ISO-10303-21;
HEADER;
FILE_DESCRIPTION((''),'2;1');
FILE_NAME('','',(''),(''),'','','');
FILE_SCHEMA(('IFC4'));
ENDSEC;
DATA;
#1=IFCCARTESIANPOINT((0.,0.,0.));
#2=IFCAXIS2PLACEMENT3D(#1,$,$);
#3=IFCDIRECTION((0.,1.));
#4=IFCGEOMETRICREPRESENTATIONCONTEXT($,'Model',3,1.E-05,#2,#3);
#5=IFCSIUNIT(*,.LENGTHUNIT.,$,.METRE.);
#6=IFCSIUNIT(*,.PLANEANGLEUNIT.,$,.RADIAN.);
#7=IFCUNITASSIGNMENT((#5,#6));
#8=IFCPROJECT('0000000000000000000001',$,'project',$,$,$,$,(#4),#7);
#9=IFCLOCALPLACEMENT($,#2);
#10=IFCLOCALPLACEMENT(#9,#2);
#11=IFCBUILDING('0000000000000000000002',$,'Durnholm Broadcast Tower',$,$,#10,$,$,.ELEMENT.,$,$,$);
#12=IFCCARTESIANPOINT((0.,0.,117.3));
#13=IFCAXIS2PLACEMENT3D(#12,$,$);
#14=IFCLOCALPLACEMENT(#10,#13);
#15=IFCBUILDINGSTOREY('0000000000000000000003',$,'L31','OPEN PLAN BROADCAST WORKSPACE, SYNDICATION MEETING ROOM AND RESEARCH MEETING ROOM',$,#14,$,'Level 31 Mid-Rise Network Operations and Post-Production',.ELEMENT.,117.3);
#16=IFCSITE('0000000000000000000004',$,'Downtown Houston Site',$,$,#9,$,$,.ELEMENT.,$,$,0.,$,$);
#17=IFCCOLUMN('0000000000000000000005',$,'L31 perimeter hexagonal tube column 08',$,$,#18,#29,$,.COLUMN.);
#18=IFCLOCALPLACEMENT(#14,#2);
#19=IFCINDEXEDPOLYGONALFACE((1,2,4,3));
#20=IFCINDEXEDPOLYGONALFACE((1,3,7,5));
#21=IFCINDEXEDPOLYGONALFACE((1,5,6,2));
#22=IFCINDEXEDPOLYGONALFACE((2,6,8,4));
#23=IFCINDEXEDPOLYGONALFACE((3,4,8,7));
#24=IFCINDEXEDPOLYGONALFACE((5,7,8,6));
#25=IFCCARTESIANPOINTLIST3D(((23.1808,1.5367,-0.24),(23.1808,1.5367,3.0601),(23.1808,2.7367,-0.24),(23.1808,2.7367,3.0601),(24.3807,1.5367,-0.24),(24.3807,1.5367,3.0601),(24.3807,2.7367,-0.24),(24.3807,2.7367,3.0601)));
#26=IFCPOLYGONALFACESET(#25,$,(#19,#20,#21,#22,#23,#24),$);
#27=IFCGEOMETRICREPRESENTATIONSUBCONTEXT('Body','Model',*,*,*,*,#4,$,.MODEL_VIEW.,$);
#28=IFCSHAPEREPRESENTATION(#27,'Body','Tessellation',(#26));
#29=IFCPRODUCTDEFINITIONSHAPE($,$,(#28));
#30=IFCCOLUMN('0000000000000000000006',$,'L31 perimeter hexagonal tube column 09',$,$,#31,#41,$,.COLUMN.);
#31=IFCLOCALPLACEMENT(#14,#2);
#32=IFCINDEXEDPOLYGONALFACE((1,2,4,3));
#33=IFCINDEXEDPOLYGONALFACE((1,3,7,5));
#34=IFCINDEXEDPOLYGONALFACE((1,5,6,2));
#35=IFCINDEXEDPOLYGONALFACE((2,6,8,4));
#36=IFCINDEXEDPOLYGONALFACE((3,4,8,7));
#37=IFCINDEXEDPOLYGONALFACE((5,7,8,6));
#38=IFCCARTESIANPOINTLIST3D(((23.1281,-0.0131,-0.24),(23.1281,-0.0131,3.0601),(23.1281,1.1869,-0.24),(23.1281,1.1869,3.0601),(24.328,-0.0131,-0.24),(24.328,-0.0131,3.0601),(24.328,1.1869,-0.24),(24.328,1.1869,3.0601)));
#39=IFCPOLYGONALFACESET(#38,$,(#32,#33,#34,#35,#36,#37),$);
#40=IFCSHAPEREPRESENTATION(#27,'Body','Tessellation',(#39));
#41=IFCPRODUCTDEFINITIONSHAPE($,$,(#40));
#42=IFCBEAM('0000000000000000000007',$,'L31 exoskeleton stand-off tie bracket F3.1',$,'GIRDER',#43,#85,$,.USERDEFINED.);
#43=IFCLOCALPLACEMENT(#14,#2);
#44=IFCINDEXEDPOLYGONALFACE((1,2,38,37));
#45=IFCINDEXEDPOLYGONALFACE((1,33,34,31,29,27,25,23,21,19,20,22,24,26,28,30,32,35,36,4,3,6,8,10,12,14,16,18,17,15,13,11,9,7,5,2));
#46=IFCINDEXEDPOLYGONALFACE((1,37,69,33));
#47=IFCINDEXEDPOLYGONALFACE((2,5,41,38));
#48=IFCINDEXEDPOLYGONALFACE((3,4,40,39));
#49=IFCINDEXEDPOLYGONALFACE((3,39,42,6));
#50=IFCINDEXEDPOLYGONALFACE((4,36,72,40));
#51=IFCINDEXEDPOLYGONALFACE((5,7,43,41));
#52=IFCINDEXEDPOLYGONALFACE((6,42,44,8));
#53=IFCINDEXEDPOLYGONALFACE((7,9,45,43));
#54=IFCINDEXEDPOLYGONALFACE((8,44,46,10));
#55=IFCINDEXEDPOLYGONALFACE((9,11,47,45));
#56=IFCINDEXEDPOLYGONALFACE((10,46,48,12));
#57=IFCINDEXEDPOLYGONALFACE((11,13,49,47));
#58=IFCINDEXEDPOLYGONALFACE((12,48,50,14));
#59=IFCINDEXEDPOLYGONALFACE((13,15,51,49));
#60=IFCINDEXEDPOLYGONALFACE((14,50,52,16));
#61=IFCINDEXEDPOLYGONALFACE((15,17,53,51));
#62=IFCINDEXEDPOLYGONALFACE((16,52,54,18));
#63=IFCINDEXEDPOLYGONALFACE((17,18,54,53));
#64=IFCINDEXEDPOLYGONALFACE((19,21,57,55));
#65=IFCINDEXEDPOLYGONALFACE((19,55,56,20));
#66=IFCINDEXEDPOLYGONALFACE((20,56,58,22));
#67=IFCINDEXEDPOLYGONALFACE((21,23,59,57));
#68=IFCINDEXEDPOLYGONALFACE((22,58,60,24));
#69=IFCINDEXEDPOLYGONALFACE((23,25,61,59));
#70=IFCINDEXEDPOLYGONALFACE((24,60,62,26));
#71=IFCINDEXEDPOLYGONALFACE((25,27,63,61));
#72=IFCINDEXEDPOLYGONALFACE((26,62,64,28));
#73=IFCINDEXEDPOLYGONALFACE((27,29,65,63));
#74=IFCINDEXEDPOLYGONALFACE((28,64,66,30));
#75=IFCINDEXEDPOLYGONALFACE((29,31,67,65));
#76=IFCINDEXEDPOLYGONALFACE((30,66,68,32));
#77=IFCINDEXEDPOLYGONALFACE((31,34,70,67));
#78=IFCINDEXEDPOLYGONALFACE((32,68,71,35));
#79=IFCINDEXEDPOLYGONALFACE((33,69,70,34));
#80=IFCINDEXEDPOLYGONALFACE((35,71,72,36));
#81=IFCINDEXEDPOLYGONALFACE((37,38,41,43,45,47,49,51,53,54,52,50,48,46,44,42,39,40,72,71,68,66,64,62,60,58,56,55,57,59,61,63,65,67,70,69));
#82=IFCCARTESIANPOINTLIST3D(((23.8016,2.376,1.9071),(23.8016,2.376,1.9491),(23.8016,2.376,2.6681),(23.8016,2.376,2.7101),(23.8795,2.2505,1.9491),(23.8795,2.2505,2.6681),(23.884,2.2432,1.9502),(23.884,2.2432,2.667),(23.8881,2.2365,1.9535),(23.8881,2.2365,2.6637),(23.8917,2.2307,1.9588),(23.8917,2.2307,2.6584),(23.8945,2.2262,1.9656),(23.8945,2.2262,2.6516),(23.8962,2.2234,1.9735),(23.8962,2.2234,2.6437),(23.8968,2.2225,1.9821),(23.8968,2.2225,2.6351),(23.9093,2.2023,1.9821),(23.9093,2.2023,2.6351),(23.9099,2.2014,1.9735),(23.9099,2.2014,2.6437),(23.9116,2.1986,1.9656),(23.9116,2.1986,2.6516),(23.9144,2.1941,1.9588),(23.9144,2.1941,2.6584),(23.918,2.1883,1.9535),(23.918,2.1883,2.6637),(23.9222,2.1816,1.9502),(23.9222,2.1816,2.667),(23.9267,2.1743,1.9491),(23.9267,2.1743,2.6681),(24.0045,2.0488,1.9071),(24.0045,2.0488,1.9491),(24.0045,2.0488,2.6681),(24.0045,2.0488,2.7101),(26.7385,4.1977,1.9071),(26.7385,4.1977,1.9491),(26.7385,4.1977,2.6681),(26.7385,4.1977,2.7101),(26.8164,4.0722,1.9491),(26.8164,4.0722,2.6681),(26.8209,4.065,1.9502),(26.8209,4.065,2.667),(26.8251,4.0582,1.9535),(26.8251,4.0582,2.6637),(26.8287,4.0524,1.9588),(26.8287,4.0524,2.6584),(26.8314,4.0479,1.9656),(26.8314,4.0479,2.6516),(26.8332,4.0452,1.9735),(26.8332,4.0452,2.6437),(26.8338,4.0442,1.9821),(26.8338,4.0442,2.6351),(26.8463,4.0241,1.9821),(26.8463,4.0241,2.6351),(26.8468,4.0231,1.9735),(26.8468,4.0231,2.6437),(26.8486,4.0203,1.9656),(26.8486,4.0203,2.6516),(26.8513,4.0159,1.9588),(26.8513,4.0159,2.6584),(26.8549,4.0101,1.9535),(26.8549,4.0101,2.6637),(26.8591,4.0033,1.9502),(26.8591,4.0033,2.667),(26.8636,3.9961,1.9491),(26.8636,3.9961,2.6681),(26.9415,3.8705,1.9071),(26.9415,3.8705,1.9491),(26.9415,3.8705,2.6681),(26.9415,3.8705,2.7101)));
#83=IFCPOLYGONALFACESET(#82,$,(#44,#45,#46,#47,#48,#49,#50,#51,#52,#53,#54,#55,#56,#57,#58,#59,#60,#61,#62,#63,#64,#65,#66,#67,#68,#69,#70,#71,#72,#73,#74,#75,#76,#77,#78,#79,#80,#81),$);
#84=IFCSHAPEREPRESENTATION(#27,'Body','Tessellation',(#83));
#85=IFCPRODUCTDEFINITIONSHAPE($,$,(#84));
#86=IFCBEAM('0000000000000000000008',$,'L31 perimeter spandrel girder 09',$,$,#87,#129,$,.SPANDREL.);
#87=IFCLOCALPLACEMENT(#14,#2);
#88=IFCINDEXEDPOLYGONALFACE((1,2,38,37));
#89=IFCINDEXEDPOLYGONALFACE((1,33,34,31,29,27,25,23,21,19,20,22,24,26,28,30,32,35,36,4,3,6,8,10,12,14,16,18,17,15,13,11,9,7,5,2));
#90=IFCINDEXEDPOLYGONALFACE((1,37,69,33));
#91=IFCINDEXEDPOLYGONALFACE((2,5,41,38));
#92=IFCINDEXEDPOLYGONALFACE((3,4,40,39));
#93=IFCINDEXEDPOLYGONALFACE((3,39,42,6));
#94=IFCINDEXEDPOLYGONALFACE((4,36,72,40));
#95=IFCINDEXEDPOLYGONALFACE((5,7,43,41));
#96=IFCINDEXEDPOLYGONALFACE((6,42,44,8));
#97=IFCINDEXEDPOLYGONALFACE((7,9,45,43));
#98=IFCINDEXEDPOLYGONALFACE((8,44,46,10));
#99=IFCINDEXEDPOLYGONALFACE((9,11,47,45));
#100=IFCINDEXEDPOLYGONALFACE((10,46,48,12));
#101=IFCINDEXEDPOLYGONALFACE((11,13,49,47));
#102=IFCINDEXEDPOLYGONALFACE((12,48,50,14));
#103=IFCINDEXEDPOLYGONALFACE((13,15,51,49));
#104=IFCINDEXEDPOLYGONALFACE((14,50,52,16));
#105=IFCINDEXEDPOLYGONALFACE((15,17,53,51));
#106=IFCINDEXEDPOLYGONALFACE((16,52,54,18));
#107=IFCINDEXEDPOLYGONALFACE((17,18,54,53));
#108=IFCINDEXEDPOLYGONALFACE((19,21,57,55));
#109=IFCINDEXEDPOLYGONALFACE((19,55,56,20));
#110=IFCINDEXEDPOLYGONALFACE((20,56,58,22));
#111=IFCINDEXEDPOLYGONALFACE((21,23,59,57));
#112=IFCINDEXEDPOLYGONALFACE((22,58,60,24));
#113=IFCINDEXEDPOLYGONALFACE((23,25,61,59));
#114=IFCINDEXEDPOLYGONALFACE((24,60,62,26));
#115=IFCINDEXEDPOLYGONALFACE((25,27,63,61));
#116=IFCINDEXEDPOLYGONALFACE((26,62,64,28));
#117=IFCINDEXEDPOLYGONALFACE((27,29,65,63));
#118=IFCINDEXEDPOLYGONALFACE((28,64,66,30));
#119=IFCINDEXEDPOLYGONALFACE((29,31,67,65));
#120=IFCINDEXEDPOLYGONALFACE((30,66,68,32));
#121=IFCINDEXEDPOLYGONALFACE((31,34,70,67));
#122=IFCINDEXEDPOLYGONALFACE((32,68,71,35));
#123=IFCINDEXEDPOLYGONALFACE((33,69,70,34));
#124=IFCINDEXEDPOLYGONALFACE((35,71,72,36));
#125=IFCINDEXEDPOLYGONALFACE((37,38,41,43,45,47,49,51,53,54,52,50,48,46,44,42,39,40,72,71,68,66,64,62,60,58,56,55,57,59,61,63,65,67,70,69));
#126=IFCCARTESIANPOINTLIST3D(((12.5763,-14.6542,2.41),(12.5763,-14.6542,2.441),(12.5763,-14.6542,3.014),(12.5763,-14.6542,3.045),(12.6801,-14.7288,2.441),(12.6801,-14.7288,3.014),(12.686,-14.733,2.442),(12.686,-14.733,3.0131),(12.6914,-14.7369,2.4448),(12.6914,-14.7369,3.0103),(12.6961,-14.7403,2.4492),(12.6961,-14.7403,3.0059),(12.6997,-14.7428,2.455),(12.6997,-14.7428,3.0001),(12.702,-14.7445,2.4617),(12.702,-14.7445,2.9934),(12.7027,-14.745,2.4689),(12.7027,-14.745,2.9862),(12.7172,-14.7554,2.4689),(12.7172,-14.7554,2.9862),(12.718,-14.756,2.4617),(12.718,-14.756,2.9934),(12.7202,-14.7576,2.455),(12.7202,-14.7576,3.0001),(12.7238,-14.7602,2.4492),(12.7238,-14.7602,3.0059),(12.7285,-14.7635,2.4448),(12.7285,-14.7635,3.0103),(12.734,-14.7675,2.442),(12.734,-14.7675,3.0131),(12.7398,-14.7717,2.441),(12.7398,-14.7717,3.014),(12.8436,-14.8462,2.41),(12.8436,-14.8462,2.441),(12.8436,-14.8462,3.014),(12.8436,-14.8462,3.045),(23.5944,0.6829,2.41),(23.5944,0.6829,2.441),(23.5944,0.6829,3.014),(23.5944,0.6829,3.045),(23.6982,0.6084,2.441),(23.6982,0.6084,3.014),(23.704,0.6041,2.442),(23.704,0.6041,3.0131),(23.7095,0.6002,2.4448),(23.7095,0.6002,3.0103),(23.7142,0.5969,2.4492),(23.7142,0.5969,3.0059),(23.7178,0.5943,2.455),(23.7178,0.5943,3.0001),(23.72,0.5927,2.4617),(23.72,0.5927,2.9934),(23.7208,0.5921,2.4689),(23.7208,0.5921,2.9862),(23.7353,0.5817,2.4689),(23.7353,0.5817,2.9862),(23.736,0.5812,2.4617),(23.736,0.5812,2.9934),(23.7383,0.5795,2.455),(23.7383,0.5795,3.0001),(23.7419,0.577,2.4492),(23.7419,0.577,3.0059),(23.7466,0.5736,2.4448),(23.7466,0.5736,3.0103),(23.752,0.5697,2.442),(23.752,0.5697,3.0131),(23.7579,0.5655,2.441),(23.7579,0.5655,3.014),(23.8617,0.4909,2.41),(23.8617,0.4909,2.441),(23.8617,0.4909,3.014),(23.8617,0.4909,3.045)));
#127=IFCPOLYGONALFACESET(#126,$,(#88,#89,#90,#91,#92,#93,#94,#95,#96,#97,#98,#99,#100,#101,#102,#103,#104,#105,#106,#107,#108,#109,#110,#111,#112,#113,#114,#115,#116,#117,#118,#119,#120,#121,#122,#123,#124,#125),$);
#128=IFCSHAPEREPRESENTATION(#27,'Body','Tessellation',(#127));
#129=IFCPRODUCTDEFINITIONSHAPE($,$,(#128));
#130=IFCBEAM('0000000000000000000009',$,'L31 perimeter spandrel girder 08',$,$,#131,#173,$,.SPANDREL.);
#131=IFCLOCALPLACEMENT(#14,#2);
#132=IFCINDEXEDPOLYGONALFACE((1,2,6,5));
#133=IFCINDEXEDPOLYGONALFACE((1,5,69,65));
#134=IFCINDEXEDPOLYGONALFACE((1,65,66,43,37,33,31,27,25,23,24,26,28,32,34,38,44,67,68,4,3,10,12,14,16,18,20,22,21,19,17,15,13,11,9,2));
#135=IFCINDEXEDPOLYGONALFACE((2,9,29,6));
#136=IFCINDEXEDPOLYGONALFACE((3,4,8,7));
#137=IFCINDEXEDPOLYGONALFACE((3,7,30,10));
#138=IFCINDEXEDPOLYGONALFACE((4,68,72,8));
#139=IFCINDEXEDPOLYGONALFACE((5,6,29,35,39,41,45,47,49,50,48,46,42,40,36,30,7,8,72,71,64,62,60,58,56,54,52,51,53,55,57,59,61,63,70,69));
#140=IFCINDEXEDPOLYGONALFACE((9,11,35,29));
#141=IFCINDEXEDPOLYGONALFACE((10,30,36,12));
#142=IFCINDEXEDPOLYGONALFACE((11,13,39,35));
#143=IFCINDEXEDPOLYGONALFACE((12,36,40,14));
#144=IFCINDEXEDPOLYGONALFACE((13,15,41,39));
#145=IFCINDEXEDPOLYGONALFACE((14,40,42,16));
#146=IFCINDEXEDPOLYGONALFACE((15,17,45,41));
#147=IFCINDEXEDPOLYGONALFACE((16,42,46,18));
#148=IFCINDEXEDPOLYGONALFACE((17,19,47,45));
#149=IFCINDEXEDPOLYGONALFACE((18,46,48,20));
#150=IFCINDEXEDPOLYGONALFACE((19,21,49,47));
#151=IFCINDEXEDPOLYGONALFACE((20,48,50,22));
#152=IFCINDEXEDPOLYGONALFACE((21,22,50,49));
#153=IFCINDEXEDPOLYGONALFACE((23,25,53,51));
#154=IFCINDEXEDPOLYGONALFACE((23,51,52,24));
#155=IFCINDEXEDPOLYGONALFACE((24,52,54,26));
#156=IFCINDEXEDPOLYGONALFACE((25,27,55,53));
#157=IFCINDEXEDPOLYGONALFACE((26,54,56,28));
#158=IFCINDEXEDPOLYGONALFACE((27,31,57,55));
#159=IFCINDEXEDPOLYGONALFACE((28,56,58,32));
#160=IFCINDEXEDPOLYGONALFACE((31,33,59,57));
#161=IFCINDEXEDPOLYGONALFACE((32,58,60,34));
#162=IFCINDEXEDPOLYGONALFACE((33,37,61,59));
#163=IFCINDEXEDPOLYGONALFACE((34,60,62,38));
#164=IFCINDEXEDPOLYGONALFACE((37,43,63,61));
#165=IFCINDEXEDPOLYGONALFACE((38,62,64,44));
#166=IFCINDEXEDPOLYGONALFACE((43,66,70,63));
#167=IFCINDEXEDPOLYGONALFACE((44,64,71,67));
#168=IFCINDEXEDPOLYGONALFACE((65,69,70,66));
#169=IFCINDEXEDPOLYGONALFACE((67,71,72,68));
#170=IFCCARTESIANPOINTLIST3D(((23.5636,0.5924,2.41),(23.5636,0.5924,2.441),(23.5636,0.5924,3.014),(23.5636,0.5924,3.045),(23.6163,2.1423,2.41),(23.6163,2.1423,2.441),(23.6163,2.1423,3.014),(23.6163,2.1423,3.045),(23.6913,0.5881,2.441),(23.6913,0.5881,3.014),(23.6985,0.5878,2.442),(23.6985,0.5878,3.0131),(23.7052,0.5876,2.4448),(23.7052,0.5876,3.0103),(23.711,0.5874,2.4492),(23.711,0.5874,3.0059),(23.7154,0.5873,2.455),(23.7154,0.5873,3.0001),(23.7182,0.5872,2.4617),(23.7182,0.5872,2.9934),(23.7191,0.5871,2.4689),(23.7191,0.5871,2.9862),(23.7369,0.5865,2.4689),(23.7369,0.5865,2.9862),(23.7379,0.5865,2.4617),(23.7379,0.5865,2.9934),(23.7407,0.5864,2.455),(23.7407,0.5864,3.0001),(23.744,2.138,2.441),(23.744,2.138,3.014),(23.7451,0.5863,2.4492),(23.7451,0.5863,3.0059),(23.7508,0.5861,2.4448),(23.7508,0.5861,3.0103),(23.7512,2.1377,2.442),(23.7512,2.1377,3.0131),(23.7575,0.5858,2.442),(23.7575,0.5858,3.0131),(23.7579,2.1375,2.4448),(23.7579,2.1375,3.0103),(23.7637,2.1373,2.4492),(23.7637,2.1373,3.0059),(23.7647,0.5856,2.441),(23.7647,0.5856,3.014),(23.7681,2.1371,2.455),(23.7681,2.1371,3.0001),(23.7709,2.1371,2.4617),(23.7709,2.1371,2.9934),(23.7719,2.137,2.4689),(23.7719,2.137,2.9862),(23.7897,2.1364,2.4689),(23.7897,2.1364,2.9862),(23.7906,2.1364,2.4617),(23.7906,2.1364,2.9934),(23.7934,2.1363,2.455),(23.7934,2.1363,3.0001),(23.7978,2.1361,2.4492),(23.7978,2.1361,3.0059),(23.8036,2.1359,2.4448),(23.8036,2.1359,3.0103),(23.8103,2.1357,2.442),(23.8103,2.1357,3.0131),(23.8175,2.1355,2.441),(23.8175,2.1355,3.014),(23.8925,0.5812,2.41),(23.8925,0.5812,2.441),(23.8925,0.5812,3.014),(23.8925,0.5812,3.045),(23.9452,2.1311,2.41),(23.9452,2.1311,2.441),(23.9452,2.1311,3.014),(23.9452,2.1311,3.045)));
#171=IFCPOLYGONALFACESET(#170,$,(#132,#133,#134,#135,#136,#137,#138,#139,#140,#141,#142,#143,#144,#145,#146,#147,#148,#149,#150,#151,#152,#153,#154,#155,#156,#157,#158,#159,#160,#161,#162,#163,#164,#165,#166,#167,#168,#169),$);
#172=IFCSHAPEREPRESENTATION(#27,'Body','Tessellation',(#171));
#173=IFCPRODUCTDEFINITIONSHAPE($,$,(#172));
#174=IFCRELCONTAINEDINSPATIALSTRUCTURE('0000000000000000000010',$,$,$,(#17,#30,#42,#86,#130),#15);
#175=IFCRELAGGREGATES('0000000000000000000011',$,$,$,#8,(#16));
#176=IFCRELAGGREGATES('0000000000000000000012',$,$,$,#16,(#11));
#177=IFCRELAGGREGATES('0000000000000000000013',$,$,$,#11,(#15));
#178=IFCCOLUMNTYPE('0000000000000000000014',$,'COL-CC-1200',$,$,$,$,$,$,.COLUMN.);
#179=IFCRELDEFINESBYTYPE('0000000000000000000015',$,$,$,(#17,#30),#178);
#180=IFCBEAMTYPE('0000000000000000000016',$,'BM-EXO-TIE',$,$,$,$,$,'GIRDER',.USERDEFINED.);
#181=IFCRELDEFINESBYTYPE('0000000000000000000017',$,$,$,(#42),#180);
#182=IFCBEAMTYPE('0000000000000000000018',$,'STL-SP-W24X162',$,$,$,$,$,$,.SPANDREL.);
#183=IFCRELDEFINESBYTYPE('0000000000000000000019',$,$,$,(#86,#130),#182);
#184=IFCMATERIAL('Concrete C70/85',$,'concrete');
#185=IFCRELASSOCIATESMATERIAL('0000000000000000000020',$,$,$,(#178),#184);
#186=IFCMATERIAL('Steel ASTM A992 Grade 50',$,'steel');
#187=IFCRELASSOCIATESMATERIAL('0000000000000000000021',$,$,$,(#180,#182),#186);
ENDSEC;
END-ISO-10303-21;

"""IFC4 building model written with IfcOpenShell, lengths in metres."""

from ifc_helpers import new_model, si_unit, direction, frame, origin, origin_2d, place, context, subcontext, project, spatial, rectangle, i_section, extrude, source, transform, mapped, material, material_profile, profile_set, type_object, type_shapes, element, save


model = new_model("IFC4")

# Units and contexts
model_context = context("Model", 3, precision=1e-05, world=origin(), true_north=direction((0.0, 1.0)))
body_context = subcontext(model_context, "Body", "Model", "MODEL_VIEW")
ifc_project = project(units=[si_unit("LENGTHUNIT", "METRE"), si_unit("PLANEANGLEUNIT", "RADIAN")], contexts=[model_context])

# Site, building, storey
site_placement = place(None, origin())
site = spatial("IfcSite", under=ifc_project, at=site_placement, Name="Downtown Houston Site", CompositionType="ELEMENT", RefElevation=0.0)
building_placement = place(site_placement, origin())
building = spatial("IfcBuilding", under=site, at=building_placement, Name="Durnholm Broadcast Tower", CompositionType="ELEMENT")
storey_placement = place(building_placement, frame((0.0, 0.0, 117.3)))
storey = spatial("IfcBuildingStorey", under=building, at=storey_placement, Name="L31", Description="OPEN PLAN BROADCAST WORKSPACE, SYNDICATION MEETING ROOM AND RESEARCH MEETING ROOM", LongName="Level 31 Mid-Rise Network Operations and Post-Production", CompositionType="ELEMENT", Elevation=117.3)

# Columns
ifc_material_1 = material(Name="Concrete C70/85", Category="concrete")
ifc_material_profile_1 = material_profile(ifc_material_1, rectangle(XDim=1.2, YDim=1.2, at=origin_2d()), Name="RC1200X1200")
ifc_profile_set_1 = profile_set([ifc_material_profile_1], Name="Concrete C70/85")
column_type = type_object("IfcColumnType", Name="COL-CC-1200", PredefinedType="COLUMN", material=ifc_profile_set_1)
shared_shape_1 = source(origin(), body_context, "Body", "SweptSolid", [
    extrude(rectangle(XDim=1.2, YDim=1.2, at=origin_2d()), origin(), (0.0, 0.0, 1.0), 3.3),
])
type_shapes(column_type, [shared_shape_1])
for number, where, z_axis, x_axis, name in (
    (1, (23.7808, 2.1367, -0.24), (0.0, 0.0, 1.0), (1.0, 0.0, 0.0), "L31 perimeter hexagonal tube column 08"),
    (2, (23.728, 0.5869, -0.24), (0.0, 0.0, 1.0), (1.0, 0.0, 0.0), "L31 perimeter hexagonal tube column 09"),
):
    element("IfcColumn", number, at=place(storey_placement, frame(where, z_axis=z_axis, x_axis=x_axis)), inside=storey, type_object=column_type, Name=name, PredefinedType="COLUMN", context=body_context, shape_type="MappedRepresentation", body=[
        mapped(shared_shape_1, transform((0.0, 0.0, 0.0), x_axis=(1.0, 0.0, 0.0), y_axis=(0.0, 1.0, 0.0), z_axis=(0.0, 0.0, 1.0), scale=1.0)),
    ])

# Beams
ifc_material_2 = material(Name="Steel ASTM A992 Grade 50", Category="steel")
ifc_material_profile_2 = material_profile(ifc_material_2, i_section(OverallWidth=0.385, OverallDepth=0.803, WebThickness=0.0237, FlangeThickness=0.042, FilletRadius=0.033, at=origin_2d()), Name="W30X261")
ifc_profile_set_2 = profile_set([ifc_material_profile_2], Name="Steel ASTM A992 Grade 50")
beam_type_1 = type_object("IfcBeamType", Name="BM-EXO-TIE", ElementType="GIRDER", PredefinedType="USERDEFINED", material=ifc_profile_set_2)
shared_shape_2 = source(origin(), body_context, "Body", "SweptSolid", [
    extrude(i_section(OverallWidth=0.385, OverallDepth=0.803, WebThickness=0.0237, FlangeThickness=0.042, FilletRadius=0.033, at=origin_2d()), origin(), (0.0, 0.0, 1.0), 3.4561),
])
beam_1_placement = place(storey_placement, frame((23.9031, 2.2124, 2.3086), z_axis=(0.849795, 0.527113, 0.0), x_axis=(-0.527113, 0.849795, 0.0)))
element("IfcBeam", 3, at=beam_1_placement, inside=storey, type_object=beam_type_1, Name="L31 exoskeleton stand-off tie bracket F3.1", ObjectType="GIRDER", PredefinedType="USERDEFINED", context=body_context, shape_type="MappedRepresentation", body=[
    mapped(shared_shape_2, transform((0.0, 0.0, 0.0), x_axis=(1.0, 0.0, 0.0), y_axis=(0.0, 1.0, 0.0), z_axis=(0.0, 0.0, 1.0), scale=1.0)),
])
ifc_material_profile_3 = material_profile(ifc_material_2, i_section(OverallWidth=0.3291, OverallDepth=0.635, WebThickness=0.0178, FlangeThickness=0.031, FilletRadius=0.0278, at=origin_2d()), Name="W24X162")
ifc_profile_set_3 = profile_set([ifc_material_profile_3], Name="Steel ASTM A992 Grade 50")
beam_type_2 = type_object("IfcBeamType", Name="STL-SP-W24X162", PredefinedType="SPANDREL", material=ifc_profile_set_3)
shared_shape_3 = source(origin(), body_context, "Body", "SweptSolid", [
    extrude(i_section(OverallWidth=0.3291, OverallDepth=0.635, WebThickness=0.0178, FlangeThickness=0.031, FilletRadius=0.0278, at=origin_2d()), origin(), (0.0, 0.0, 1.0), 18.8845),
])
beam_2_placement = place(storey_placement, frame((23.728, 0.5869, 2.7275), z_axis=(-0.583443, -0.812154, 0.0), x_axis=(0.812154, -0.583443, 0.0)))
element("IfcBeam", 4, at=beam_2_placement, inside=storey, type_object=beam_type_2, Name="L31 perimeter spandrel girder 09", PredefinedType="SPANDREL", context=body_context, shape_type="MappedRepresentation", body=[
    mapped(shared_shape_3, transform((0.0, 0.0, 0.0), x_axis=(1.0, 0.0, 0.0), y_axis=(0.0, 1.0, 0.0), z_axis=(0.0, 0.0, 1.0), scale=1.0)),
])
shared_shape_4 = source(origin(), body_context, "Body", "SweptSolid", [
    extrude(i_section(OverallWidth=0.3291, OverallDepth=0.635, WebThickness=0.0178, FlangeThickness=0.031, FilletRadius=0.0278, at=origin_2d()), origin(), (0.0, 0.0, 1.0), 1.5508),
])
type_shapes(beam_type_2, [shared_shape_3, shared_shape_4])
beam_3_placement = place(storey_placement, frame((23.7808, 2.1367, 2.7275), z_axis=(-0.034007, -0.999422, 0.0), x_axis=(0.999422, -0.034007, 0.0)))
element("IfcBeam", 5, at=beam_3_placement, inside=storey, type_object=beam_type_2, Name="L31 perimeter spandrel girder 08", PredefinedType="SPANDREL", context=body_context, shape_type="MappedRepresentation", body=[
    mapped(shared_shape_4, transform((0.0, 0.0, 0.0), x_axis=(1.0, 0.0, 0.0), y_axis=(0.0, 1.0, 0.0), z_axis=(0.0, 0.0, 1.0), scale=1.0)),
])

save(model, "model.ifc")
